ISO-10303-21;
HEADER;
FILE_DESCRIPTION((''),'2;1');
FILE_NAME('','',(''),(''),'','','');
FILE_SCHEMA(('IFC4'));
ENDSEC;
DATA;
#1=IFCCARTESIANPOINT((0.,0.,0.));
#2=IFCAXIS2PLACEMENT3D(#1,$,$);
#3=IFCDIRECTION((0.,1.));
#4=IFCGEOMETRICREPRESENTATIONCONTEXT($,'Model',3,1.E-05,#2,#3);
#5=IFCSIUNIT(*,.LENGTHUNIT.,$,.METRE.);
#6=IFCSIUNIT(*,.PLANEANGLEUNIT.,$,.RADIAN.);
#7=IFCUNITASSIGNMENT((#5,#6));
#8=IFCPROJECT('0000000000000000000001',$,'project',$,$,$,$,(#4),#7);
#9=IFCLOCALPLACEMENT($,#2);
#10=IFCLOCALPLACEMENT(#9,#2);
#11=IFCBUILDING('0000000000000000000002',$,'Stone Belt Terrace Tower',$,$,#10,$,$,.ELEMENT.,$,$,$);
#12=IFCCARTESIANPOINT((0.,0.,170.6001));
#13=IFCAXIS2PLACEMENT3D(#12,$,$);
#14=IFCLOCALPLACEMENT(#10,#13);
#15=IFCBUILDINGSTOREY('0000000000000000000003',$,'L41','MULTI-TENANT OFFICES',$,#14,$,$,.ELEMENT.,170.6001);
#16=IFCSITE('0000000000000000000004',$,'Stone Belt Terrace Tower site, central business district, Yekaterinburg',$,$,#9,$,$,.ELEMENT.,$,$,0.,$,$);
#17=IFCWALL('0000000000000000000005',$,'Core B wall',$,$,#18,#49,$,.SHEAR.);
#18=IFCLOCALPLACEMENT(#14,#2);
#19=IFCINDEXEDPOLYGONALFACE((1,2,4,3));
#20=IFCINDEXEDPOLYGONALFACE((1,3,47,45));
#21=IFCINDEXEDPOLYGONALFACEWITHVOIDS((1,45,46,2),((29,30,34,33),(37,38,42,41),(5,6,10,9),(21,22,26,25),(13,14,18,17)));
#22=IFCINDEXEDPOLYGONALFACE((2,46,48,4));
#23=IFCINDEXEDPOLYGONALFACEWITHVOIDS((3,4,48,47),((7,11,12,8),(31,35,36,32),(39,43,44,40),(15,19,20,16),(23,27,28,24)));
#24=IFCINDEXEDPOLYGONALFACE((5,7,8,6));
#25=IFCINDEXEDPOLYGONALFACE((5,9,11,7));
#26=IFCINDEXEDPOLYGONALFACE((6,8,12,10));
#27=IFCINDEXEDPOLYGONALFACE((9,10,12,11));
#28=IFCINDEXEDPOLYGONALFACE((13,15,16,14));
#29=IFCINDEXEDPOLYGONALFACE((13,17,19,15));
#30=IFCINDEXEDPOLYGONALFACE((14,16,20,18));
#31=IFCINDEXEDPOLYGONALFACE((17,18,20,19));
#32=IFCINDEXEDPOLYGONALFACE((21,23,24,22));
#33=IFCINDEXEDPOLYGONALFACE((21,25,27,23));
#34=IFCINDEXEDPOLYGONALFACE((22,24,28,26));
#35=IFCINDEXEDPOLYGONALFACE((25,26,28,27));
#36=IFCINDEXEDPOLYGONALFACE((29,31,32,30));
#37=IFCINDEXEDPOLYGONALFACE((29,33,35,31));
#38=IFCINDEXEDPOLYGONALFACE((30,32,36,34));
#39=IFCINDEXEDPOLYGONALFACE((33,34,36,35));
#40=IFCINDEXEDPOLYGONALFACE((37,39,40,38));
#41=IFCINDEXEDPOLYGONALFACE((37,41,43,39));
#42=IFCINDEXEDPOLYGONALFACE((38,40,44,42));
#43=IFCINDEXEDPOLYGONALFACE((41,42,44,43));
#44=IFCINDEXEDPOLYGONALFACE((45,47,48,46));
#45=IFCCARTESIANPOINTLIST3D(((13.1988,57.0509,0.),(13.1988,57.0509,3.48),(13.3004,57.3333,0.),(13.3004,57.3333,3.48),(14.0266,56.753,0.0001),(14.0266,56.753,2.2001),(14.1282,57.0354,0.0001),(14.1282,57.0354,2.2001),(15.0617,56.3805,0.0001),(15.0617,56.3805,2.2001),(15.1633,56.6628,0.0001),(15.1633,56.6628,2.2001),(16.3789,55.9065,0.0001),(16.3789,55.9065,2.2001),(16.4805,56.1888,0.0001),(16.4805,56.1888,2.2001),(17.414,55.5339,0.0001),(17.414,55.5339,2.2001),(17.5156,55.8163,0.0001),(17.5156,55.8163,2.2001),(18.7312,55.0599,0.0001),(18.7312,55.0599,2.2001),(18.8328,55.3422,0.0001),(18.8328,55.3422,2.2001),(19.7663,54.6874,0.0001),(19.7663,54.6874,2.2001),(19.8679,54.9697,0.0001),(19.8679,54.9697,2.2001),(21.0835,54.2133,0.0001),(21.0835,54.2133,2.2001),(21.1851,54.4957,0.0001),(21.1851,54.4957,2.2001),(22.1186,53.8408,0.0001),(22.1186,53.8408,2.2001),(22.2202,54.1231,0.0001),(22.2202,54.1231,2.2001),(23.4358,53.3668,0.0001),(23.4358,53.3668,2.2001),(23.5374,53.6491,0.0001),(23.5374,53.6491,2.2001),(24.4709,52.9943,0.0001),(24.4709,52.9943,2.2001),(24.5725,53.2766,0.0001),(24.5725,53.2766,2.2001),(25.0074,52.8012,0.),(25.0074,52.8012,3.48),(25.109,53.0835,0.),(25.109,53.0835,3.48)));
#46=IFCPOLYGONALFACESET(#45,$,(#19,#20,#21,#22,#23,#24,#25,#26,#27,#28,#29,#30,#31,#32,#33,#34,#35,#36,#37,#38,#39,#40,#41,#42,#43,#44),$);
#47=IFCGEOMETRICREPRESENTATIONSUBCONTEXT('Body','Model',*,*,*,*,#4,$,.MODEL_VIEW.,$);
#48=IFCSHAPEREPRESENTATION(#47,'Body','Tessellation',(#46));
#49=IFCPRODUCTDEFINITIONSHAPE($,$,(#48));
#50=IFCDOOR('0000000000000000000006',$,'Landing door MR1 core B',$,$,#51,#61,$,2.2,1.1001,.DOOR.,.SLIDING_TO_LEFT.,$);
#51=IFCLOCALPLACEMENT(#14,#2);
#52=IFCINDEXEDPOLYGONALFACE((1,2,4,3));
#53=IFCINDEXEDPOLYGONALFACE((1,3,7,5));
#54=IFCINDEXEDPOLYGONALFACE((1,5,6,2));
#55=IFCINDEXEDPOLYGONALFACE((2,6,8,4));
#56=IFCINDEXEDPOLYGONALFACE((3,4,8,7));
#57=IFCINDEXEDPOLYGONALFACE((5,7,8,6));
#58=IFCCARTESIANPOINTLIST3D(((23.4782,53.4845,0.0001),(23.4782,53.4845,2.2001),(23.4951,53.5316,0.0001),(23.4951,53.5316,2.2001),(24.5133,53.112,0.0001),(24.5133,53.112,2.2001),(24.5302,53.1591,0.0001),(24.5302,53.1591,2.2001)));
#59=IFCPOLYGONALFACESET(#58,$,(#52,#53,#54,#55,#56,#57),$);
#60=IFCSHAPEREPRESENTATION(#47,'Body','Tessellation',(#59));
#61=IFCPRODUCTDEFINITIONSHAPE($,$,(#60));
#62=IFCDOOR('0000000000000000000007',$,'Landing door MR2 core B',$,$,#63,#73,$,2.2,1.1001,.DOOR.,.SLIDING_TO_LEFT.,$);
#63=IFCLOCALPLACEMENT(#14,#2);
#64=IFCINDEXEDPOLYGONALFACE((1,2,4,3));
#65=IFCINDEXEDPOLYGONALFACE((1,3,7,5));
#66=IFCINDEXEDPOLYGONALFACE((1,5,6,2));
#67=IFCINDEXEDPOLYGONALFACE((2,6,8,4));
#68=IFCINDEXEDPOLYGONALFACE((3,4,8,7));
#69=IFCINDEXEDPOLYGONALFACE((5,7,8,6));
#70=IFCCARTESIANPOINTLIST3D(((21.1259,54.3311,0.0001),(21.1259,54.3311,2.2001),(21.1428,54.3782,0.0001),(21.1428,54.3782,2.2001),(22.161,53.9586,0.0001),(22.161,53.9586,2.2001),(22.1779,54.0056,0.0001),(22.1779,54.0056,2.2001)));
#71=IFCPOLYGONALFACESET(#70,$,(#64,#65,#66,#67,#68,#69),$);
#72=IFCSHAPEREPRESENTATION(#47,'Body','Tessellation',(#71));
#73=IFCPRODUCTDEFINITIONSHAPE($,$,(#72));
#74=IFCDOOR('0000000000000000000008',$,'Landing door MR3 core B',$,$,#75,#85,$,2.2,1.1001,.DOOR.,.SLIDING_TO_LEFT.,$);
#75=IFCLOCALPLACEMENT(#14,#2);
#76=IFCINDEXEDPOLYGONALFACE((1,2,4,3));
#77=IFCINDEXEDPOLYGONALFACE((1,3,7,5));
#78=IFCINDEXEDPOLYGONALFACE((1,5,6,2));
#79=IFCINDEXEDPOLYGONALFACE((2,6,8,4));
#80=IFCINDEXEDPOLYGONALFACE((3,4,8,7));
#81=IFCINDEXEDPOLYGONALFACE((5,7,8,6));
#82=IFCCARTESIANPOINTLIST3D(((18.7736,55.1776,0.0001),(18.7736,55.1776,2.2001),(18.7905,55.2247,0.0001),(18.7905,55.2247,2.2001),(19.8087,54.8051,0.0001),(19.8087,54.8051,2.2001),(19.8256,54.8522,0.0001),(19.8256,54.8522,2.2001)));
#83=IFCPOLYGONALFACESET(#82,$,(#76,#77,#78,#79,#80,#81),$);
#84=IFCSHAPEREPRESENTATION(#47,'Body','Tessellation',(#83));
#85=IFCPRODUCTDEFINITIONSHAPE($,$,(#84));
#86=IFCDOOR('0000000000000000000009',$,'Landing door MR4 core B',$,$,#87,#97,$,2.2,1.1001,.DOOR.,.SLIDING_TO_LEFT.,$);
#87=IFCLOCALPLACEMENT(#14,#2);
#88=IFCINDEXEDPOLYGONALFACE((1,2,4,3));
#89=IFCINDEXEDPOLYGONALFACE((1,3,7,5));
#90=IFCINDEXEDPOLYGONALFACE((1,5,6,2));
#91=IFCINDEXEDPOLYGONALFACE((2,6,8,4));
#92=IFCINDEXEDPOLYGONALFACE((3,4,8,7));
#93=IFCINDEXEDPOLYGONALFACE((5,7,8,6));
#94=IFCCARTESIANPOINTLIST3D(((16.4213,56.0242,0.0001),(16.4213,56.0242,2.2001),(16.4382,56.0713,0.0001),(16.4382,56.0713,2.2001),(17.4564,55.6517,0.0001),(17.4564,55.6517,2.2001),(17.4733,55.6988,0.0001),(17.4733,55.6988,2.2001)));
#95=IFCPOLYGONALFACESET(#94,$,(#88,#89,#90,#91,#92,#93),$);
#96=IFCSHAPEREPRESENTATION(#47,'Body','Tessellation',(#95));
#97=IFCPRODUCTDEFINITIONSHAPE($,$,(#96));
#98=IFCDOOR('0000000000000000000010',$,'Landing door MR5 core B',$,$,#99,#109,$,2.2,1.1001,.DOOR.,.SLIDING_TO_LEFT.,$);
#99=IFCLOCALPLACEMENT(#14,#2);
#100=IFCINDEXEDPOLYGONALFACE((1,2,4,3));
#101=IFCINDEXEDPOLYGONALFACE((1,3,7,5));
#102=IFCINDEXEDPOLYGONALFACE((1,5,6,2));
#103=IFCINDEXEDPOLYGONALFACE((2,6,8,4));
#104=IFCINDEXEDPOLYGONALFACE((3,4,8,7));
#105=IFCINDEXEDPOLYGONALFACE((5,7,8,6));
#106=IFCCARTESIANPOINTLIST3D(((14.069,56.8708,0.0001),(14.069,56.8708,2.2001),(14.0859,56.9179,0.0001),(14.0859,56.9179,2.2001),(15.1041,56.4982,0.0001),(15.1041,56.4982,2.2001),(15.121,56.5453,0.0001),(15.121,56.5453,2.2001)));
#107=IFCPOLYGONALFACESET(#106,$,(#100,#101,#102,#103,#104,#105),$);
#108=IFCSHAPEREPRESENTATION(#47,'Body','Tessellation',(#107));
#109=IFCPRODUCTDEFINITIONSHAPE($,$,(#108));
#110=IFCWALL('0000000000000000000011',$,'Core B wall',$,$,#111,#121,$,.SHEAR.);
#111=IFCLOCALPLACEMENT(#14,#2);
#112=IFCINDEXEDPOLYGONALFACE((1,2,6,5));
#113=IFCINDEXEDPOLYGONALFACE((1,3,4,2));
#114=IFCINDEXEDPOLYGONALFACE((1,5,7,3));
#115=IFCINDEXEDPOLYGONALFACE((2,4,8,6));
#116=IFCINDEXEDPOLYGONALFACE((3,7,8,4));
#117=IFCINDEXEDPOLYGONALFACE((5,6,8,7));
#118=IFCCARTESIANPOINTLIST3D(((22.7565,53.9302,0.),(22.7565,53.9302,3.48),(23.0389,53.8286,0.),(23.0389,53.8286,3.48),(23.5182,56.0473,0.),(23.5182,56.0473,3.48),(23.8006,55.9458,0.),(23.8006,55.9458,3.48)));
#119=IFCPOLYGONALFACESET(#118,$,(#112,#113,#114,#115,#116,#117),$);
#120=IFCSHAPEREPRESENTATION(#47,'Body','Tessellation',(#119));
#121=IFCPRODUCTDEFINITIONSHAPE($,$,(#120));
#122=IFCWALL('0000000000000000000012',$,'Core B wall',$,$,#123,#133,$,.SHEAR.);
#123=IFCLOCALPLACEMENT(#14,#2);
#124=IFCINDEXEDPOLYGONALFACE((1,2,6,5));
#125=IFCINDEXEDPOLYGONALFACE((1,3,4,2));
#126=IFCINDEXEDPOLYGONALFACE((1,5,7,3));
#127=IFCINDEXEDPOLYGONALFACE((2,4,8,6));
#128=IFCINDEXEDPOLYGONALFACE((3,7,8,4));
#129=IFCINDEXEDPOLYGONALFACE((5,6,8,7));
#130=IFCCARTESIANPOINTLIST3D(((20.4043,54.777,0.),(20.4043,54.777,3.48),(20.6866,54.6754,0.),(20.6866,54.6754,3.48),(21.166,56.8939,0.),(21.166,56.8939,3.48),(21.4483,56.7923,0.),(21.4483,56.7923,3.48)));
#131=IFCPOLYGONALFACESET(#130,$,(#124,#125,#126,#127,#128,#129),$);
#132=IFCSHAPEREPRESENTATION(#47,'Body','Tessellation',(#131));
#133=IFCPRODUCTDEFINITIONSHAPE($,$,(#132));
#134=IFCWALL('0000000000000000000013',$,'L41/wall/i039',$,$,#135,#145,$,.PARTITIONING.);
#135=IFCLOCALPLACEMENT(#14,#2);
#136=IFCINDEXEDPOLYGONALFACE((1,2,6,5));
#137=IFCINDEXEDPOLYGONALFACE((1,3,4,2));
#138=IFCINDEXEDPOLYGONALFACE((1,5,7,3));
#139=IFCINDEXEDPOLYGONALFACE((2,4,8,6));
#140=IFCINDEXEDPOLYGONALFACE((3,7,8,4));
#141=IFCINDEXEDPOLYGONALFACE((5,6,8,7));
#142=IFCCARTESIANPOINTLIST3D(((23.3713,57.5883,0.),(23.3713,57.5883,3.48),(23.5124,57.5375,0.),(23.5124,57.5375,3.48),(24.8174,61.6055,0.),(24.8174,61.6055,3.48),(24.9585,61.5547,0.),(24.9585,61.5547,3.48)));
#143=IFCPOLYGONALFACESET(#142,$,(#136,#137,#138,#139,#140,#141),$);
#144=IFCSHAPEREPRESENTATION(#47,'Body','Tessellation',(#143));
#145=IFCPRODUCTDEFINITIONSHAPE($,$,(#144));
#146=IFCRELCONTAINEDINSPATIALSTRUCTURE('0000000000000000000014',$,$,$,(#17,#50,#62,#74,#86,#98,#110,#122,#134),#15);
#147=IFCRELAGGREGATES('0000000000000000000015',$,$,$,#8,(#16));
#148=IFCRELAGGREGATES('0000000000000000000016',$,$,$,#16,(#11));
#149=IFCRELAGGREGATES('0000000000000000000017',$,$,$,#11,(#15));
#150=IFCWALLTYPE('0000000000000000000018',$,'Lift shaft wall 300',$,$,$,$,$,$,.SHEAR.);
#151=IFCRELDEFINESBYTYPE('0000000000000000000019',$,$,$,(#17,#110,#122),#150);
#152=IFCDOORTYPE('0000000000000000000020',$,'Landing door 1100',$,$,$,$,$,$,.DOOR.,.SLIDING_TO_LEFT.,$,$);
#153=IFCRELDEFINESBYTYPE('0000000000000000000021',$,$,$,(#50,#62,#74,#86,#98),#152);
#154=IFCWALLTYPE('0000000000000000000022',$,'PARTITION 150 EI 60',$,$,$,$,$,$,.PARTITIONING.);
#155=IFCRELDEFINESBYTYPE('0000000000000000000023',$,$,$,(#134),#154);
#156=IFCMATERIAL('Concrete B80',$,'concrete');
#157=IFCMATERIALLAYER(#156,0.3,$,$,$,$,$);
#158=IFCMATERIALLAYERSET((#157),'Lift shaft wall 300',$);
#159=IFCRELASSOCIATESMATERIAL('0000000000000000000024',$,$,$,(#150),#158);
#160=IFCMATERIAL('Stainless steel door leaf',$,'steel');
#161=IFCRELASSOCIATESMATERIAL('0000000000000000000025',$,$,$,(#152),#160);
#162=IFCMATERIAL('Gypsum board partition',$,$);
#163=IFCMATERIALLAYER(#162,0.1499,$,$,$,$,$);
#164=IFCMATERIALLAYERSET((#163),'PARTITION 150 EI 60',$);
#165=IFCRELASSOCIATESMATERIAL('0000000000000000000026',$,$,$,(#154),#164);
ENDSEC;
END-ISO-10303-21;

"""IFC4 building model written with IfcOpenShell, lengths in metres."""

from ifc_helpers import new_model, si_unit, direction, frame, frame_2d, origin, place, context, subcontext, project, spatial, rectangle, extrude, material, layer, layer_set, type_object, element, fill, save


model = new_model("IFC4")

# Units and contexts
model_context = context("Model", 3, precision=1e-05, world=origin(), true_north=direction((0.0, 1.0)))
body_context = subcontext(model_context, "Body", "Model", "MODEL_VIEW")
ifc_project = project(units=[si_unit("LENGTHUNIT", "METRE"), si_unit("PLANEANGLEUNIT", "RADIAN")], contexts=[model_context])

# Site, building, storey
site_placement = place(None, origin())
site = spatial("IfcSite", under=ifc_project, at=site_placement, Name="Stone Belt Terrace Tower site, central business district, Yekaterinburg", CompositionType="ELEMENT", RefElevation=0.0)
building_placement = place(site_placement, origin())
building = spatial("IfcBuilding", under=site, at=building_placement, Name="Stone Belt Terrace Tower", CompositionType="ELEMENT")
storey_placement = place(building_placement, frame((0.0, 0.0, 170.6001)))
storey = spatial("IfcBuildingStorey", under=building, at=storey_placement, Name="L41", Description="MULTI-TENANT OFFICES", CompositionType="ELEMENT", Elevation=170.6001)

# Shared definitions
ifc_material_1 = material(Name="Concrete B80", Category="concrete")

# Shared definitions
ifc_layer_1 = layer(ifc_material_1, 0.3)
ifc_layer_set_1 = layer_set([ifc_layer_1], Name="Lift shaft wall 300")
wall_type_1 = type_object("IfcWallType", Name="Lift shaft wall 300", PredefinedType="SHEAR", material=ifc_layer_set_1)
ifc_material_2 = material(Name="Stainless steel door leaf", Category="steel")

# Wall, openings, doors
wall_1_placement = place(storey_placement, frame((25.0581, 52.9424, 0.0), z_axis=(0.0, 0.0, 1.0), x_axis=(-0.940921, 0.338625, 0.0)))
wall_1 = element("IfcWall", 1, at=wall_1_placement, inside=storey, type_object=wall_type_1, Name="Core B wall", PredefinedType="SHEAR", context=body_context, shape_type="SweptSolid", body=[
    extrude(rectangle(XDim=12.55, YDim=0.3, at=frame_2d((6.2749, 0.0))), origin(), (0.0, 0.0, 1.0), 3.48),
])
opening_1_placement = place(wall_1_placement, frame((0.5701, 0.0, 0.0)))
opening_1 = element("IfcOpeningElement", 2, at=opening_1_placement, cuts=wall_1, PredefinedType="OPENING", context=body_context, shape_type="SweptSolid", body=[
    extrude(rectangle(XDim=1.1001, YDim=2.2, at=frame_2d((0.55, 1.1001))), frame((0.0, 0.1599, 0.0), z_axis=(0.0, -1.0, 0.0), x_axis=(1.0, 0.0, 0.0)), (0.0, 0.0, 1.0), 0.3201),
])
opening_2_placement = place(wall_1_placement, frame((3.0701, 0.0, 0.0)))
opening_2 = element("IfcOpeningElement", 3, at=opening_2_placement, cuts=wall_1, PredefinedType="OPENING", context=body_context, shape_type="SweptSolid", body=[
    extrude(rectangle(XDim=1.1001, YDim=2.2, at=frame_2d((0.55, 1.1001))), frame((0.0, 0.1599, 0.0), z_axis=(0.0, -1.0, 0.0), x_axis=(1.0, 0.0, 0.0)), (0.0, 0.0, 1.0), 0.3201),
])
opening_3_placement = place(wall_1_placement, frame((5.5701, 0.0, 0.0)))
opening_3 = element("IfcOpeningElement", 4, at=opening_3_placement, cuts=wall_1, PredefinedType="OPENING", context=body_context, shape_type="SweptSolid", body=[
    extrude(rectangle(XDim=1.1001, YDim=2.2, at=frame_2d((0.55, 1.1001))), frame((0.0, 0.1599, 0.0), z_axis=(0.0, -1.0, 0.0), x_axis=(1.0, 0.0, 0.0)), (0.0, 0.0, 1.0), 0.3201),
])
opening_4_placement = place(wall_1_placement, frame((8.0701, 0.0, 0.0)))
opening_4 = element("IfcOpeningElement", 5, at=opening_4_placement, cuts=wall_1, PredefinedType="OPENING", context=body_context, shape_type="SweptSolid", body=[
    extrude(rectangle(XDim=1.1001, YDim=2.2, at=frame_2d((0.55, 1.1001))), frame((0.0, 0.1599, 0.0), z_axis=(0.0, -1.0, 0.0), x_axis=(1.0, 0.0, 0.0)), (0.0, 0.0, 1.0), 0.3201),
])
opening_5_placement = place(wall_1_placement, frame((10.5701, 0.0, 0.0)))
opening_5 = element("IfcOpeningElement", 6, at=opening_5_placement, cuts=wall_1, PredefinedType="OPENING", context=body_context, shape_type="SweptSolid", body=[
    extrude(rectangle(XDim=1.1001, YDim=2.2, at=frame_2d((0.55, 1.1001))), frame((0.0, 0.1599, 0.0), z_axis=(0.0, -1.0, 0.0), x_axis=(1.0, 0.0, 0.0)), (0.0, 0.0, 1.0), 0.3201),
])
door_type_1 = type_object("IfcDoorType", Name="Landing door 1100", OperationType="SLIDING_TO_LEFT", PredefinedType="DOOR", material=ifc_material_2)
door_1_placement = place(opening_1_placement, origin())
door_1 = element("IfcDoor", 7, at=door_1_placement, inside=storey, type_object=door_type_1, Name="Landing door MR1 core B", OperationType="SLIDING_TO_LEFT", OverallHeight=2.2, OverallWidth=1.1001, PredefinedType="DOOR", context=body_context, shape_type="SweptSolid", body=[
    extrude(rectangle(XDim=1.1001, YDim=2.2, at=frame_2d((0.55, 1.1001))), frame((0.0, 0.0249, 0.0), z_axis=(0.0, -1.0, 0.0), x_axis=(1.0, 0.0, 0.0)), (0.0, 0.0, 1.0), 0.05),
])
fill(opening_1, door_1)
door_2_placement = place(opening_2_placement, origin())
door_2 = element("IfcDoor", 8, at=door_2_placement, inside=storey, type_object=door_type_1, Name="Landing door MR2 core B", OperationType="SLIDING_TO_LEFT", OverallHeight=2.2, OverallWidth=1.1001, PredefinedType="DOOR", context=body_context, shape_type="SweptSolid", body=[
    extrude(rectangle(XDim=1.1001, YDim=2.2, at=frame_2d((0.55, 1.1001))), frame((0.0, 0.0249, 0.0), z_axis=(0.0, -1.0, 0.0), x_axis=(1.0, 0.0, 0.0)), (0.0, 0.0, 1.0), 0.05),
])
fill(opening_2, door_2)
door_3_placement = place(opening_3_placement, origin())
door_3 = element("IfcDoor", 9, at=door_3_placement, inside=storey, type_object=door_type_1, Name="Landing door MR3 core B", OperationType="SLIDING_TO_LEFT", OverallHeight=2.2, OverallWidth=1.1001, PredefinedType="DOOR", context=body_context, shape_type="SweptSolid", body=[
    extrude(rectangle(XDim=1.1001, YDim=2.2, at=frame_2d((0.55, 1.1001))), frame((0.0, 0.0249, 0.0), z_axis=(0.0, -1.0, 0.0), x_axis=(1.0, 0.0, 0.0)), (0.0, 0.0, 1.0), 0.05),
])
fill(opening_3, door_3)
door_4_placement = place(opening_4_placement, origin())
door_4 = element("IfcDoor", 10, at=door_4_placement, inside=storey, type_object=door_type_1, Name="Landing door MR4 core B", OperationType="SLIDING_TO_LEFT", OverallHeight=2.2, OverallWidth=1.1001, PredefinedType="DOOR", context=body_context, shape_type="SweptSolid", body=[
    extrude(rectangle(XDim=1.1001, YDim=2.2, at=frame_2d((0.55, 1.1001))), frame((0.0, 0.0249, 0.0), z_axis=(0.0, -1.0, 0.0), x_axis=(1.0, 0.0, 0.0)), (0.0, 0.0, 1.0), 0.05),
])
fill(opening_4, door_4)
door_5_placement = place(opening_5_placement, origin())
door_5 = element("IfcDoor", 11, at=door_5_placement, inside=storey, type_object=door_type_1, Name="Landing door MR5 core B", OperationType="SLIDING_TO_LEFT", OverallHeight=2.2, OverallWidth=1.1001, PredefinedType="DOOR", context=body_context, shape_type="SweptSolid", body=[
    extrude(rectangle(XDim=1.1001, YDim=2.2, at=frame_2d((0.55, 1.1001))), frame((0.0, 0.0249, 0.0), z_axis=(0.0, -1.0, 0.0), x_axis=(1.0, 0.0, 0.0)), (0.0, 0.0, 1.0), 0.05),
])
fill(opening_5, door_5)

# Walls
wall_2_placement = place(storey_placement, frame((22.8977, 53.8794, 0.0), z_axis=(0.0, 0.0, 1.0), x_axis=(0.338535, 0.940954, 0.0)))
element("IfcWall", 12, at=wall_2_placement, inside=storey, type_object=wall_type_1, Name="Core B wall", PredefinedType="SHEAR", context=body_context, shape_type="SweptSolid", body=[
    extrude(rectangle(XDim=2.25, YDim=0.3, at=frame_2d((1.125, 0.0))), origin(), (0.0, 0.0, 1.0), 3.48),
])
wall_3_placement = place(storey_placement, frame((20.5454, 54.7261, 0.0), z_axis=(0.0, 0.0, 1.0), x_axis=(0.33857, 0.940941, 0.0)))
element("IfcWall", 13, at=wall_3_placement, inside=storey, type_object=wall_type_1, Name="Core B wall", PredefinedType="SHEAR", context=body_context, shape_type="SweptSolid", body=[
    extrude(rectangle(XDim=2.2498, YDim=0.3, at=frame_2d((1.125, 0.0))), origin(), (0.0, 0.0, 1.0), 3.48),
])
ifc_material_3 = material(Name="Gypsum board partition")
ifc_layer_2 = layer(ifc_material_3, 0.1499)
ifc_layer_set_2 = layer_set([ifc_layer_2], Name="PARTITION 150 EI 60")
wall_type_2 = type_object("IfcWallType", Name="PARTITION 150 EI 60", PredefinedType="PARTITIONING", material=ifc_layer_set_2)
wall_4_placement = place(storey_placement, frame((24.8879, 61.5801, 0.0), z_axis=(0.0, 0.0, 1.0), x_axis=(-0.338697, -0.940895, 0.0)))
element("IfcWall", 14, at=wall_4_placement, inside=storey, type_object=wall_type_2, Name="L41/wall/i039", PredefinedType="PARTITIONING", context=body_context, shape_type="SweptSolid", body=[
    extrude(rectangle(XDim=4.2695, YDim=0.1499, at=frame_2d((2.1348, 0.0))), origin(), (0.0, 0.0, 1.0), 3.48),
])

save(model, "model.ifc")
